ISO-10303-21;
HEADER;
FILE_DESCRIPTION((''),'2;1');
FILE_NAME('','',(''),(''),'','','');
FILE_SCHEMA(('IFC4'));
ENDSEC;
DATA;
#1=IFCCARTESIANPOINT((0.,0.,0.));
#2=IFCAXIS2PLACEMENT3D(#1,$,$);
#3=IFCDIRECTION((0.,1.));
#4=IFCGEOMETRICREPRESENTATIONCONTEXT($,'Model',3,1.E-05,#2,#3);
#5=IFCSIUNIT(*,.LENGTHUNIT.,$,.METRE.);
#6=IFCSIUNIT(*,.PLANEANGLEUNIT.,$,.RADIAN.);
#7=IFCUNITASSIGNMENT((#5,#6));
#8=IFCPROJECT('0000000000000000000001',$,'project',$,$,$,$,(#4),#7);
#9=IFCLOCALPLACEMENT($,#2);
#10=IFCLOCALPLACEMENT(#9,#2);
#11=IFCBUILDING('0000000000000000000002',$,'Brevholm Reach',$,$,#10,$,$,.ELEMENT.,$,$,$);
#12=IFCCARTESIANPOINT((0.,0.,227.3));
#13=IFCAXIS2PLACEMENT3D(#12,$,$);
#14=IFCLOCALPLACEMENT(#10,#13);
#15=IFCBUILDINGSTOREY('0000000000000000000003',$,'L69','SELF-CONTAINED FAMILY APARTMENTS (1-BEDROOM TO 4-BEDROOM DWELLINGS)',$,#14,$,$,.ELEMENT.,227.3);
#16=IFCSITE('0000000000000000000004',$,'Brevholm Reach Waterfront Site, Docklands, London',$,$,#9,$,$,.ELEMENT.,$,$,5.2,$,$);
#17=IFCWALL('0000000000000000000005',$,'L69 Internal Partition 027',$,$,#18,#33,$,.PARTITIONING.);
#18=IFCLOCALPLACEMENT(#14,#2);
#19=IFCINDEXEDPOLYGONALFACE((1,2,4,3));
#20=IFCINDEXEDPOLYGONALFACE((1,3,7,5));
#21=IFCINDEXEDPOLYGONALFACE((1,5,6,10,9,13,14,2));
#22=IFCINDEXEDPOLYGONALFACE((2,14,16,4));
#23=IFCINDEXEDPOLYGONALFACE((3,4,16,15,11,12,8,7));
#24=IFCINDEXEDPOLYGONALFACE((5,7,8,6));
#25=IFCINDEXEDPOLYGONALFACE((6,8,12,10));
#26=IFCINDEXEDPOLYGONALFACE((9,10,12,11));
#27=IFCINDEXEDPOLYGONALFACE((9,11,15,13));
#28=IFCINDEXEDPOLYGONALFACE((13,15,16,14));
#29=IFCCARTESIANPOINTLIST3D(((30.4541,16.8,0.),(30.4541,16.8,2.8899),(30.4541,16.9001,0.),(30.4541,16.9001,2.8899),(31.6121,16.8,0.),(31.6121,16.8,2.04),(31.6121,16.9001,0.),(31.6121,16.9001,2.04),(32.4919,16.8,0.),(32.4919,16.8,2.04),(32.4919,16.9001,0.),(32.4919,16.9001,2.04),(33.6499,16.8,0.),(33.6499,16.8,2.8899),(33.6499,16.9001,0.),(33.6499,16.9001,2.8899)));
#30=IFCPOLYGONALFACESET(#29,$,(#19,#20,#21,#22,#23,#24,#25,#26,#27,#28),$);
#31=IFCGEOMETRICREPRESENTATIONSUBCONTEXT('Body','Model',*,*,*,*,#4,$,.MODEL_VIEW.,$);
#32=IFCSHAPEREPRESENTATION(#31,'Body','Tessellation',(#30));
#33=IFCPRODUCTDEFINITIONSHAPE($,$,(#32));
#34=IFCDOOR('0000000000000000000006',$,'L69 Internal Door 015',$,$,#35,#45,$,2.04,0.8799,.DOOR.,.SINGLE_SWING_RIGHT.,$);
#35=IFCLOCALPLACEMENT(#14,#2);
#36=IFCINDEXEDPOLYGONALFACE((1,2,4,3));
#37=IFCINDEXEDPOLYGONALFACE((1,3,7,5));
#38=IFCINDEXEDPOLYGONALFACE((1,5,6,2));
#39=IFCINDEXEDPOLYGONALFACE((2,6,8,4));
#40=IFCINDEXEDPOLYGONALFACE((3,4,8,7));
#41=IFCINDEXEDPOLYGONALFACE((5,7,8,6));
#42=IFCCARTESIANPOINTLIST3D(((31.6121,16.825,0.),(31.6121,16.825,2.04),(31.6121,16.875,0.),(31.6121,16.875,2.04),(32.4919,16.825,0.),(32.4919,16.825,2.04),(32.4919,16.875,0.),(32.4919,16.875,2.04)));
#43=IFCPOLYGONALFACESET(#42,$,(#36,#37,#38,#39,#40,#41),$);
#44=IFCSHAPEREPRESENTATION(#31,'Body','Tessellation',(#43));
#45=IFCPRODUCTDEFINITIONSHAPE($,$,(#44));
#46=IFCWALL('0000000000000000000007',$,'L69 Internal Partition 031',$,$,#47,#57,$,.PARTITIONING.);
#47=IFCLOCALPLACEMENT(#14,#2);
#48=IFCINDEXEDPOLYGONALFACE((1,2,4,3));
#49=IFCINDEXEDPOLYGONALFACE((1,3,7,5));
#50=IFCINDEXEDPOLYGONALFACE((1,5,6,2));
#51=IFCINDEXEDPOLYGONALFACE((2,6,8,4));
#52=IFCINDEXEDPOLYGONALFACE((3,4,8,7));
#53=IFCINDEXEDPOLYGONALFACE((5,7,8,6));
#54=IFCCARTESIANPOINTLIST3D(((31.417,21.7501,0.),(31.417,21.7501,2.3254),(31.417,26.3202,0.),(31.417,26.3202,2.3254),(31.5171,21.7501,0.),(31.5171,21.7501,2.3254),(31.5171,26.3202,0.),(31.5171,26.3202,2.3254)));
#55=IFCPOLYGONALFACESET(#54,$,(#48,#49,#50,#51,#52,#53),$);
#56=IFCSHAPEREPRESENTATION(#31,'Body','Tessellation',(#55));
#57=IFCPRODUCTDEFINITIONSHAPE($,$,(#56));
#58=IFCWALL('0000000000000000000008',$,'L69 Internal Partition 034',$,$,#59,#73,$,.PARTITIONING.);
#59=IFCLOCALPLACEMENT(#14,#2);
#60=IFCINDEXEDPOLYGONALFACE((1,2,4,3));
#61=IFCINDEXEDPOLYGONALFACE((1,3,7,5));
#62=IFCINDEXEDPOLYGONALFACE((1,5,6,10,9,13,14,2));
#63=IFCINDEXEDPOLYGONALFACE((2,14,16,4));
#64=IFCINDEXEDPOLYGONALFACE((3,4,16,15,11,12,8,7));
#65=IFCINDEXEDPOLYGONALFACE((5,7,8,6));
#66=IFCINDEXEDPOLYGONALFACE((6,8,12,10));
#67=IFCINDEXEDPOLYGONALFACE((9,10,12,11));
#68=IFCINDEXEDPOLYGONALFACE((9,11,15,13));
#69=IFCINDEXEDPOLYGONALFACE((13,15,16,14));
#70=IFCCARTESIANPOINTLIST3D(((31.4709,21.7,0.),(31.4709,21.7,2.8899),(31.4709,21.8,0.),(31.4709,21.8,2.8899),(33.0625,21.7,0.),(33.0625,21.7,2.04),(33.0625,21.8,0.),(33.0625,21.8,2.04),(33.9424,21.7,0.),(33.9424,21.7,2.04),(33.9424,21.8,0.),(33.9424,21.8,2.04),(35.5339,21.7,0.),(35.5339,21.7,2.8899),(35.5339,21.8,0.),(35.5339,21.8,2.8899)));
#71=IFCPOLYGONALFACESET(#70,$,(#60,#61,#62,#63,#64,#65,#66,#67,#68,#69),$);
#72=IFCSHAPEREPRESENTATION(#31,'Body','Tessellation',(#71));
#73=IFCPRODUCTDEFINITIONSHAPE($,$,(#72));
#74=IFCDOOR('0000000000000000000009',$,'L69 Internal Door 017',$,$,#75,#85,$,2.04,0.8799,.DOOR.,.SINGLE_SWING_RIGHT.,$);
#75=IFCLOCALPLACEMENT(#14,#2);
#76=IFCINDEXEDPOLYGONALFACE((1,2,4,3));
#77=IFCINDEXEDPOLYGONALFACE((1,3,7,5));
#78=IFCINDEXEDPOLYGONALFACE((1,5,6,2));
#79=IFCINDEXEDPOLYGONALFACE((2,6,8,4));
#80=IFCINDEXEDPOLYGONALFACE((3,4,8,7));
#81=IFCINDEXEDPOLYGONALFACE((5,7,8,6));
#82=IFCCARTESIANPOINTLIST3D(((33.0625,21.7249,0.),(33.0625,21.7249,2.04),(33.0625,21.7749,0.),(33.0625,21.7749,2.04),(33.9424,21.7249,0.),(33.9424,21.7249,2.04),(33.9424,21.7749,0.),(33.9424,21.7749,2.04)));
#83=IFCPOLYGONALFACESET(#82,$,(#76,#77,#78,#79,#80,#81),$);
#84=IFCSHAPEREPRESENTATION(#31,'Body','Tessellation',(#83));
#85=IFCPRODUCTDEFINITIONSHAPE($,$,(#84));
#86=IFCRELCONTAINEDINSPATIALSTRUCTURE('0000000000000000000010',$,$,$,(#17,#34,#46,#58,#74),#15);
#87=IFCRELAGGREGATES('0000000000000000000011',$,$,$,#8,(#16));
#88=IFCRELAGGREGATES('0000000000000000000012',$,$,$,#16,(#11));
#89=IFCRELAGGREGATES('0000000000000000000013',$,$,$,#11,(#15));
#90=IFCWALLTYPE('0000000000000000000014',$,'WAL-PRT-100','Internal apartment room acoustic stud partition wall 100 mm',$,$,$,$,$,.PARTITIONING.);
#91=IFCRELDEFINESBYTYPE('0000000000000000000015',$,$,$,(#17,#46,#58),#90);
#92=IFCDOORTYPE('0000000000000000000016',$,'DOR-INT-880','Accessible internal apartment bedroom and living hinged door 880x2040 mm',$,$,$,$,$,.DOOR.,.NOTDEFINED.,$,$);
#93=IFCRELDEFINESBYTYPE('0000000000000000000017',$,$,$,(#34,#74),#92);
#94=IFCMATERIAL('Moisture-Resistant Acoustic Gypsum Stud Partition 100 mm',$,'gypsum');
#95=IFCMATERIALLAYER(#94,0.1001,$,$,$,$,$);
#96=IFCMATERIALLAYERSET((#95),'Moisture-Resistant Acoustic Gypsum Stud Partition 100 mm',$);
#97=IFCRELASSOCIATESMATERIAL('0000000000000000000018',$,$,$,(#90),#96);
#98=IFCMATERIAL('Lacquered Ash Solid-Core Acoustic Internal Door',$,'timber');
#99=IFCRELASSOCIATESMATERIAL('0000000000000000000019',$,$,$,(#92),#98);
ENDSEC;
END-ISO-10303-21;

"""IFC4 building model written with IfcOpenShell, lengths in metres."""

from ifc_helpers import new_model, si_unit, direction, frame, frame_2d, origin, place, context, subcontext, project, spatial, rectangle, extrude, material, layer, layer_set, type_object, element, fill, save


model = new_model("IFC4")

# Units and contexts
model_context = context("Model", 3, precision=1e-05, world=origin(), true_north=direction((0.0, 1.0)))
body_context = subcontext(model_context, "Body", "Model", "MODEL_VIEW")
ifc_project = project(units=[si_unit("LENGTHUNIT", "METRE"), si_unit("PLANEANGLEUNIT", "RADIAN")], contexts=[model_context])

# Site, building, storey
site_placement = place(None, origin())
site = spatial("IfcSite", under=ifc_project, at=site_placement, Name="Brevholm Reach Waterfront Site, Docklands, London", CompositionType="ELEMENT", RefElevation=5.2)
building_placement = place(site_placement, origin())
building = spatial("IfcBuilding", under=site, at=building_placement, Name="Brevholm Reach", CompositionType="ELEMENT")
storey_placement = place(building_placement, frame((0.0, 0.0, 227.3)))
storey = spatial("IfcBuildingStorey", under=building, at=storey_placement, Name="L69", Description="SELF-CONTAINED FAMILY APARTMENTS (1-BEDROOM TO 4-BEDROOM DWELLINGS)", CompositionType="ELEMENT", Elevation=227.3)

# Wall, opening, door
ifc_material_1 = material(Name="Moisture-Resistant Acoustic Gypsum Stud Partition 100 mm", Category="gypsum")
ifc_layer_1 = layer(ifc_material_1, 0.1001)
ifc_layer_set_1 = layer_set([ifc_layer_1], Name="Moisture-Resistant Acoustic Gypsum Stud Partition 100 mm")
wall_type_1 = type_object("IfcWallType", Name="WAL-PRT-100", Description="Internal apartment room acoustic stud partition wall 100 mm", PredefinedType="PARTITIONING", material=ifc_layer_set_1)
wall_1_placement = place(storey_placement, frame((30.4541, 16.8501, 0.0), z_axis=(0.0, 0.0, 1.0), x_axis=(1.0, 0.0, 0.0)))
wall_1 = element("IfcWall", 1, at=wall_1_placement, inside=storey, type_object=wall_type_1, Name="L69 Internal Partition 027", PredefinedType="PARTITIONING", context=body_context, shape_type="SweptSolid", body=[
    extrude(rectangle(XDim=3.1958, YDim=0.1001, at=frame_2d((1.5979, 0.0))), origin(), (0.0, 0.0, 1.0), 2.8899),
])
opening_1_placement = place(wall_1_placement, frame((1.158, 0.0, 0.0)))
opening_1 = element("IfcOpeningElement", 2, at=opening_1_placement, cuts=wall_1, PredefinedType="OPENING", context=body_context, shape_type="SweptSolid", body=[
    extrude(rectangle(XDim=0.8799, YDim=2.04, at=frame_2d((0.4399, 1.02))), frame((0.0, 0.0601, 0.0), z_axis=(0.0, -1.0, 0.0), x_axis=(1.0, 0.0, 0.0)), (0.0, 0.0, 1.0), 0.1201),
])
ifc_material_2 = material(Name="Lacquered Ash Solid-Core Acoustic Internal Door", Category="timber")
door_type = type_object("IfcDoorType", Name="DOR-INT-880", Description="Accessible internal apartment bedroom and living hinged door 880x2040 mm", OperationType="NOTDEFINED", PredefinedType="DOOR", material=ifc_material_2)
door_1_placement = place(opening_1_placement, origin())
door_1 = element("IfcDoor", 3, at=door_1_placement, inside=storey, type_object=door_type, Name="L69 Internal Door 015", OperationType="SINGLE_SWING_RIGHT", OverallHeight=2.04, OverallWidth=0.8799, PredefinedType="DOOR", context=body_context, shape_type="SweptSolid", body=[
    extrude(rectangle(XDim=0.8799, YDim=2.04, at=frame_2d((0.4399, 1.02))), frame((0.0, 0.0249, 0.0), z_axis=(0.0, -1.0, 0.0), x_axis=(1.0, 0.0, 0.0)), (0.0, 0.0, 1.0), 0.05),
])
fill(opening_1, door_1)

# Wall
wall_2_placement = place(storey_placement, frame((31.467, 21.75, 0.0), z_axis=(0.0, 0.0, 1.0), x_axis=(0.0, 1.0, 0.0)))
element("IfcWall", 4, at=wall_2_placement, inside=storey, type_object=wall_type_1, Name="L69 Internal Partition 031", PredefinedType="PARTITIONING", context=body_context, shape_type="SweptSolid", body=[
    extrude(rectangle(XDim=4.5701, YDim=0.1001, at=frame_2d((2.2852, 0.0))), origin(), (0.0, 0.0, 1.0), 2.3254),
])

# Wall, opening, door
wall_3_placement = place(storey_placement, frame((31.4709, 21.75, 0.0), z_axis=(0.0, 0.0, 1.0), x_axis=(1.0, 0.0, 0.0)))
wall_3 = element("IfcWall", 5, at=wall_3_placement, inside=storey, type_object=wall_type_1, Name="L69 Internal Partition 034", PredefinedType="PARTITIONING", context=body_context, shape_type="SweptSolid", body=[
    extrude(rectangle(XDim=4.063, YDim=0.1001, at=frame_2d((2.0315, 0.0))), origin(), (0.0, 0.0, 1.0), 2.8899),
])
opening_2_placement = place(wall_3_placement, frame((1.5916, 0.0, 0.0)))
opening_2 = element("IfcOpeningElement", 6, at=opening_2_placement, cuts=wall_3, PredefinedType="OPENING", context=body_context, shape_type="SweptSolid", body=[
    extrude(rectangle(XDim=0.8799, YDim=2.04, at=frame_2d((0.4399, 1.02))), frame((0.0, 0.0601, 0.0), z_axis=(0.0, -1.0, 0.0), x_axis=(1.0, 0.0, 0.0)), (0.0, 0.0, 1.0), 0.1201),
])
door_2_placement = place(opening_2_placement, origin())
door_2 = element("IfcDoor", 7, at=door_2_placement, inside=storey, type_object=door_type, Name="L69 Internal Door 017", OperationType="SINGLE_SWING_RIGHT", OverallHeight=2.04, OverallWidth=0.8799, PredefinedType="DOOR", context=body_context, shape_type="SweptSolid", body=[
    extrude(rectangle(XDim=0.8799, YDim=2.04, at=frame_2d((0.4399, 1.02))), frame((0.0, 0.0249, 0.0), z_axis=(0.0, -1.0, 0.0), x_axis=(1.0, 0.0, 0.0)), (0.0, 0.0, 1.0), 0.05),
])
fill(opening_2, door_2)

save(model, "model.ifc")
